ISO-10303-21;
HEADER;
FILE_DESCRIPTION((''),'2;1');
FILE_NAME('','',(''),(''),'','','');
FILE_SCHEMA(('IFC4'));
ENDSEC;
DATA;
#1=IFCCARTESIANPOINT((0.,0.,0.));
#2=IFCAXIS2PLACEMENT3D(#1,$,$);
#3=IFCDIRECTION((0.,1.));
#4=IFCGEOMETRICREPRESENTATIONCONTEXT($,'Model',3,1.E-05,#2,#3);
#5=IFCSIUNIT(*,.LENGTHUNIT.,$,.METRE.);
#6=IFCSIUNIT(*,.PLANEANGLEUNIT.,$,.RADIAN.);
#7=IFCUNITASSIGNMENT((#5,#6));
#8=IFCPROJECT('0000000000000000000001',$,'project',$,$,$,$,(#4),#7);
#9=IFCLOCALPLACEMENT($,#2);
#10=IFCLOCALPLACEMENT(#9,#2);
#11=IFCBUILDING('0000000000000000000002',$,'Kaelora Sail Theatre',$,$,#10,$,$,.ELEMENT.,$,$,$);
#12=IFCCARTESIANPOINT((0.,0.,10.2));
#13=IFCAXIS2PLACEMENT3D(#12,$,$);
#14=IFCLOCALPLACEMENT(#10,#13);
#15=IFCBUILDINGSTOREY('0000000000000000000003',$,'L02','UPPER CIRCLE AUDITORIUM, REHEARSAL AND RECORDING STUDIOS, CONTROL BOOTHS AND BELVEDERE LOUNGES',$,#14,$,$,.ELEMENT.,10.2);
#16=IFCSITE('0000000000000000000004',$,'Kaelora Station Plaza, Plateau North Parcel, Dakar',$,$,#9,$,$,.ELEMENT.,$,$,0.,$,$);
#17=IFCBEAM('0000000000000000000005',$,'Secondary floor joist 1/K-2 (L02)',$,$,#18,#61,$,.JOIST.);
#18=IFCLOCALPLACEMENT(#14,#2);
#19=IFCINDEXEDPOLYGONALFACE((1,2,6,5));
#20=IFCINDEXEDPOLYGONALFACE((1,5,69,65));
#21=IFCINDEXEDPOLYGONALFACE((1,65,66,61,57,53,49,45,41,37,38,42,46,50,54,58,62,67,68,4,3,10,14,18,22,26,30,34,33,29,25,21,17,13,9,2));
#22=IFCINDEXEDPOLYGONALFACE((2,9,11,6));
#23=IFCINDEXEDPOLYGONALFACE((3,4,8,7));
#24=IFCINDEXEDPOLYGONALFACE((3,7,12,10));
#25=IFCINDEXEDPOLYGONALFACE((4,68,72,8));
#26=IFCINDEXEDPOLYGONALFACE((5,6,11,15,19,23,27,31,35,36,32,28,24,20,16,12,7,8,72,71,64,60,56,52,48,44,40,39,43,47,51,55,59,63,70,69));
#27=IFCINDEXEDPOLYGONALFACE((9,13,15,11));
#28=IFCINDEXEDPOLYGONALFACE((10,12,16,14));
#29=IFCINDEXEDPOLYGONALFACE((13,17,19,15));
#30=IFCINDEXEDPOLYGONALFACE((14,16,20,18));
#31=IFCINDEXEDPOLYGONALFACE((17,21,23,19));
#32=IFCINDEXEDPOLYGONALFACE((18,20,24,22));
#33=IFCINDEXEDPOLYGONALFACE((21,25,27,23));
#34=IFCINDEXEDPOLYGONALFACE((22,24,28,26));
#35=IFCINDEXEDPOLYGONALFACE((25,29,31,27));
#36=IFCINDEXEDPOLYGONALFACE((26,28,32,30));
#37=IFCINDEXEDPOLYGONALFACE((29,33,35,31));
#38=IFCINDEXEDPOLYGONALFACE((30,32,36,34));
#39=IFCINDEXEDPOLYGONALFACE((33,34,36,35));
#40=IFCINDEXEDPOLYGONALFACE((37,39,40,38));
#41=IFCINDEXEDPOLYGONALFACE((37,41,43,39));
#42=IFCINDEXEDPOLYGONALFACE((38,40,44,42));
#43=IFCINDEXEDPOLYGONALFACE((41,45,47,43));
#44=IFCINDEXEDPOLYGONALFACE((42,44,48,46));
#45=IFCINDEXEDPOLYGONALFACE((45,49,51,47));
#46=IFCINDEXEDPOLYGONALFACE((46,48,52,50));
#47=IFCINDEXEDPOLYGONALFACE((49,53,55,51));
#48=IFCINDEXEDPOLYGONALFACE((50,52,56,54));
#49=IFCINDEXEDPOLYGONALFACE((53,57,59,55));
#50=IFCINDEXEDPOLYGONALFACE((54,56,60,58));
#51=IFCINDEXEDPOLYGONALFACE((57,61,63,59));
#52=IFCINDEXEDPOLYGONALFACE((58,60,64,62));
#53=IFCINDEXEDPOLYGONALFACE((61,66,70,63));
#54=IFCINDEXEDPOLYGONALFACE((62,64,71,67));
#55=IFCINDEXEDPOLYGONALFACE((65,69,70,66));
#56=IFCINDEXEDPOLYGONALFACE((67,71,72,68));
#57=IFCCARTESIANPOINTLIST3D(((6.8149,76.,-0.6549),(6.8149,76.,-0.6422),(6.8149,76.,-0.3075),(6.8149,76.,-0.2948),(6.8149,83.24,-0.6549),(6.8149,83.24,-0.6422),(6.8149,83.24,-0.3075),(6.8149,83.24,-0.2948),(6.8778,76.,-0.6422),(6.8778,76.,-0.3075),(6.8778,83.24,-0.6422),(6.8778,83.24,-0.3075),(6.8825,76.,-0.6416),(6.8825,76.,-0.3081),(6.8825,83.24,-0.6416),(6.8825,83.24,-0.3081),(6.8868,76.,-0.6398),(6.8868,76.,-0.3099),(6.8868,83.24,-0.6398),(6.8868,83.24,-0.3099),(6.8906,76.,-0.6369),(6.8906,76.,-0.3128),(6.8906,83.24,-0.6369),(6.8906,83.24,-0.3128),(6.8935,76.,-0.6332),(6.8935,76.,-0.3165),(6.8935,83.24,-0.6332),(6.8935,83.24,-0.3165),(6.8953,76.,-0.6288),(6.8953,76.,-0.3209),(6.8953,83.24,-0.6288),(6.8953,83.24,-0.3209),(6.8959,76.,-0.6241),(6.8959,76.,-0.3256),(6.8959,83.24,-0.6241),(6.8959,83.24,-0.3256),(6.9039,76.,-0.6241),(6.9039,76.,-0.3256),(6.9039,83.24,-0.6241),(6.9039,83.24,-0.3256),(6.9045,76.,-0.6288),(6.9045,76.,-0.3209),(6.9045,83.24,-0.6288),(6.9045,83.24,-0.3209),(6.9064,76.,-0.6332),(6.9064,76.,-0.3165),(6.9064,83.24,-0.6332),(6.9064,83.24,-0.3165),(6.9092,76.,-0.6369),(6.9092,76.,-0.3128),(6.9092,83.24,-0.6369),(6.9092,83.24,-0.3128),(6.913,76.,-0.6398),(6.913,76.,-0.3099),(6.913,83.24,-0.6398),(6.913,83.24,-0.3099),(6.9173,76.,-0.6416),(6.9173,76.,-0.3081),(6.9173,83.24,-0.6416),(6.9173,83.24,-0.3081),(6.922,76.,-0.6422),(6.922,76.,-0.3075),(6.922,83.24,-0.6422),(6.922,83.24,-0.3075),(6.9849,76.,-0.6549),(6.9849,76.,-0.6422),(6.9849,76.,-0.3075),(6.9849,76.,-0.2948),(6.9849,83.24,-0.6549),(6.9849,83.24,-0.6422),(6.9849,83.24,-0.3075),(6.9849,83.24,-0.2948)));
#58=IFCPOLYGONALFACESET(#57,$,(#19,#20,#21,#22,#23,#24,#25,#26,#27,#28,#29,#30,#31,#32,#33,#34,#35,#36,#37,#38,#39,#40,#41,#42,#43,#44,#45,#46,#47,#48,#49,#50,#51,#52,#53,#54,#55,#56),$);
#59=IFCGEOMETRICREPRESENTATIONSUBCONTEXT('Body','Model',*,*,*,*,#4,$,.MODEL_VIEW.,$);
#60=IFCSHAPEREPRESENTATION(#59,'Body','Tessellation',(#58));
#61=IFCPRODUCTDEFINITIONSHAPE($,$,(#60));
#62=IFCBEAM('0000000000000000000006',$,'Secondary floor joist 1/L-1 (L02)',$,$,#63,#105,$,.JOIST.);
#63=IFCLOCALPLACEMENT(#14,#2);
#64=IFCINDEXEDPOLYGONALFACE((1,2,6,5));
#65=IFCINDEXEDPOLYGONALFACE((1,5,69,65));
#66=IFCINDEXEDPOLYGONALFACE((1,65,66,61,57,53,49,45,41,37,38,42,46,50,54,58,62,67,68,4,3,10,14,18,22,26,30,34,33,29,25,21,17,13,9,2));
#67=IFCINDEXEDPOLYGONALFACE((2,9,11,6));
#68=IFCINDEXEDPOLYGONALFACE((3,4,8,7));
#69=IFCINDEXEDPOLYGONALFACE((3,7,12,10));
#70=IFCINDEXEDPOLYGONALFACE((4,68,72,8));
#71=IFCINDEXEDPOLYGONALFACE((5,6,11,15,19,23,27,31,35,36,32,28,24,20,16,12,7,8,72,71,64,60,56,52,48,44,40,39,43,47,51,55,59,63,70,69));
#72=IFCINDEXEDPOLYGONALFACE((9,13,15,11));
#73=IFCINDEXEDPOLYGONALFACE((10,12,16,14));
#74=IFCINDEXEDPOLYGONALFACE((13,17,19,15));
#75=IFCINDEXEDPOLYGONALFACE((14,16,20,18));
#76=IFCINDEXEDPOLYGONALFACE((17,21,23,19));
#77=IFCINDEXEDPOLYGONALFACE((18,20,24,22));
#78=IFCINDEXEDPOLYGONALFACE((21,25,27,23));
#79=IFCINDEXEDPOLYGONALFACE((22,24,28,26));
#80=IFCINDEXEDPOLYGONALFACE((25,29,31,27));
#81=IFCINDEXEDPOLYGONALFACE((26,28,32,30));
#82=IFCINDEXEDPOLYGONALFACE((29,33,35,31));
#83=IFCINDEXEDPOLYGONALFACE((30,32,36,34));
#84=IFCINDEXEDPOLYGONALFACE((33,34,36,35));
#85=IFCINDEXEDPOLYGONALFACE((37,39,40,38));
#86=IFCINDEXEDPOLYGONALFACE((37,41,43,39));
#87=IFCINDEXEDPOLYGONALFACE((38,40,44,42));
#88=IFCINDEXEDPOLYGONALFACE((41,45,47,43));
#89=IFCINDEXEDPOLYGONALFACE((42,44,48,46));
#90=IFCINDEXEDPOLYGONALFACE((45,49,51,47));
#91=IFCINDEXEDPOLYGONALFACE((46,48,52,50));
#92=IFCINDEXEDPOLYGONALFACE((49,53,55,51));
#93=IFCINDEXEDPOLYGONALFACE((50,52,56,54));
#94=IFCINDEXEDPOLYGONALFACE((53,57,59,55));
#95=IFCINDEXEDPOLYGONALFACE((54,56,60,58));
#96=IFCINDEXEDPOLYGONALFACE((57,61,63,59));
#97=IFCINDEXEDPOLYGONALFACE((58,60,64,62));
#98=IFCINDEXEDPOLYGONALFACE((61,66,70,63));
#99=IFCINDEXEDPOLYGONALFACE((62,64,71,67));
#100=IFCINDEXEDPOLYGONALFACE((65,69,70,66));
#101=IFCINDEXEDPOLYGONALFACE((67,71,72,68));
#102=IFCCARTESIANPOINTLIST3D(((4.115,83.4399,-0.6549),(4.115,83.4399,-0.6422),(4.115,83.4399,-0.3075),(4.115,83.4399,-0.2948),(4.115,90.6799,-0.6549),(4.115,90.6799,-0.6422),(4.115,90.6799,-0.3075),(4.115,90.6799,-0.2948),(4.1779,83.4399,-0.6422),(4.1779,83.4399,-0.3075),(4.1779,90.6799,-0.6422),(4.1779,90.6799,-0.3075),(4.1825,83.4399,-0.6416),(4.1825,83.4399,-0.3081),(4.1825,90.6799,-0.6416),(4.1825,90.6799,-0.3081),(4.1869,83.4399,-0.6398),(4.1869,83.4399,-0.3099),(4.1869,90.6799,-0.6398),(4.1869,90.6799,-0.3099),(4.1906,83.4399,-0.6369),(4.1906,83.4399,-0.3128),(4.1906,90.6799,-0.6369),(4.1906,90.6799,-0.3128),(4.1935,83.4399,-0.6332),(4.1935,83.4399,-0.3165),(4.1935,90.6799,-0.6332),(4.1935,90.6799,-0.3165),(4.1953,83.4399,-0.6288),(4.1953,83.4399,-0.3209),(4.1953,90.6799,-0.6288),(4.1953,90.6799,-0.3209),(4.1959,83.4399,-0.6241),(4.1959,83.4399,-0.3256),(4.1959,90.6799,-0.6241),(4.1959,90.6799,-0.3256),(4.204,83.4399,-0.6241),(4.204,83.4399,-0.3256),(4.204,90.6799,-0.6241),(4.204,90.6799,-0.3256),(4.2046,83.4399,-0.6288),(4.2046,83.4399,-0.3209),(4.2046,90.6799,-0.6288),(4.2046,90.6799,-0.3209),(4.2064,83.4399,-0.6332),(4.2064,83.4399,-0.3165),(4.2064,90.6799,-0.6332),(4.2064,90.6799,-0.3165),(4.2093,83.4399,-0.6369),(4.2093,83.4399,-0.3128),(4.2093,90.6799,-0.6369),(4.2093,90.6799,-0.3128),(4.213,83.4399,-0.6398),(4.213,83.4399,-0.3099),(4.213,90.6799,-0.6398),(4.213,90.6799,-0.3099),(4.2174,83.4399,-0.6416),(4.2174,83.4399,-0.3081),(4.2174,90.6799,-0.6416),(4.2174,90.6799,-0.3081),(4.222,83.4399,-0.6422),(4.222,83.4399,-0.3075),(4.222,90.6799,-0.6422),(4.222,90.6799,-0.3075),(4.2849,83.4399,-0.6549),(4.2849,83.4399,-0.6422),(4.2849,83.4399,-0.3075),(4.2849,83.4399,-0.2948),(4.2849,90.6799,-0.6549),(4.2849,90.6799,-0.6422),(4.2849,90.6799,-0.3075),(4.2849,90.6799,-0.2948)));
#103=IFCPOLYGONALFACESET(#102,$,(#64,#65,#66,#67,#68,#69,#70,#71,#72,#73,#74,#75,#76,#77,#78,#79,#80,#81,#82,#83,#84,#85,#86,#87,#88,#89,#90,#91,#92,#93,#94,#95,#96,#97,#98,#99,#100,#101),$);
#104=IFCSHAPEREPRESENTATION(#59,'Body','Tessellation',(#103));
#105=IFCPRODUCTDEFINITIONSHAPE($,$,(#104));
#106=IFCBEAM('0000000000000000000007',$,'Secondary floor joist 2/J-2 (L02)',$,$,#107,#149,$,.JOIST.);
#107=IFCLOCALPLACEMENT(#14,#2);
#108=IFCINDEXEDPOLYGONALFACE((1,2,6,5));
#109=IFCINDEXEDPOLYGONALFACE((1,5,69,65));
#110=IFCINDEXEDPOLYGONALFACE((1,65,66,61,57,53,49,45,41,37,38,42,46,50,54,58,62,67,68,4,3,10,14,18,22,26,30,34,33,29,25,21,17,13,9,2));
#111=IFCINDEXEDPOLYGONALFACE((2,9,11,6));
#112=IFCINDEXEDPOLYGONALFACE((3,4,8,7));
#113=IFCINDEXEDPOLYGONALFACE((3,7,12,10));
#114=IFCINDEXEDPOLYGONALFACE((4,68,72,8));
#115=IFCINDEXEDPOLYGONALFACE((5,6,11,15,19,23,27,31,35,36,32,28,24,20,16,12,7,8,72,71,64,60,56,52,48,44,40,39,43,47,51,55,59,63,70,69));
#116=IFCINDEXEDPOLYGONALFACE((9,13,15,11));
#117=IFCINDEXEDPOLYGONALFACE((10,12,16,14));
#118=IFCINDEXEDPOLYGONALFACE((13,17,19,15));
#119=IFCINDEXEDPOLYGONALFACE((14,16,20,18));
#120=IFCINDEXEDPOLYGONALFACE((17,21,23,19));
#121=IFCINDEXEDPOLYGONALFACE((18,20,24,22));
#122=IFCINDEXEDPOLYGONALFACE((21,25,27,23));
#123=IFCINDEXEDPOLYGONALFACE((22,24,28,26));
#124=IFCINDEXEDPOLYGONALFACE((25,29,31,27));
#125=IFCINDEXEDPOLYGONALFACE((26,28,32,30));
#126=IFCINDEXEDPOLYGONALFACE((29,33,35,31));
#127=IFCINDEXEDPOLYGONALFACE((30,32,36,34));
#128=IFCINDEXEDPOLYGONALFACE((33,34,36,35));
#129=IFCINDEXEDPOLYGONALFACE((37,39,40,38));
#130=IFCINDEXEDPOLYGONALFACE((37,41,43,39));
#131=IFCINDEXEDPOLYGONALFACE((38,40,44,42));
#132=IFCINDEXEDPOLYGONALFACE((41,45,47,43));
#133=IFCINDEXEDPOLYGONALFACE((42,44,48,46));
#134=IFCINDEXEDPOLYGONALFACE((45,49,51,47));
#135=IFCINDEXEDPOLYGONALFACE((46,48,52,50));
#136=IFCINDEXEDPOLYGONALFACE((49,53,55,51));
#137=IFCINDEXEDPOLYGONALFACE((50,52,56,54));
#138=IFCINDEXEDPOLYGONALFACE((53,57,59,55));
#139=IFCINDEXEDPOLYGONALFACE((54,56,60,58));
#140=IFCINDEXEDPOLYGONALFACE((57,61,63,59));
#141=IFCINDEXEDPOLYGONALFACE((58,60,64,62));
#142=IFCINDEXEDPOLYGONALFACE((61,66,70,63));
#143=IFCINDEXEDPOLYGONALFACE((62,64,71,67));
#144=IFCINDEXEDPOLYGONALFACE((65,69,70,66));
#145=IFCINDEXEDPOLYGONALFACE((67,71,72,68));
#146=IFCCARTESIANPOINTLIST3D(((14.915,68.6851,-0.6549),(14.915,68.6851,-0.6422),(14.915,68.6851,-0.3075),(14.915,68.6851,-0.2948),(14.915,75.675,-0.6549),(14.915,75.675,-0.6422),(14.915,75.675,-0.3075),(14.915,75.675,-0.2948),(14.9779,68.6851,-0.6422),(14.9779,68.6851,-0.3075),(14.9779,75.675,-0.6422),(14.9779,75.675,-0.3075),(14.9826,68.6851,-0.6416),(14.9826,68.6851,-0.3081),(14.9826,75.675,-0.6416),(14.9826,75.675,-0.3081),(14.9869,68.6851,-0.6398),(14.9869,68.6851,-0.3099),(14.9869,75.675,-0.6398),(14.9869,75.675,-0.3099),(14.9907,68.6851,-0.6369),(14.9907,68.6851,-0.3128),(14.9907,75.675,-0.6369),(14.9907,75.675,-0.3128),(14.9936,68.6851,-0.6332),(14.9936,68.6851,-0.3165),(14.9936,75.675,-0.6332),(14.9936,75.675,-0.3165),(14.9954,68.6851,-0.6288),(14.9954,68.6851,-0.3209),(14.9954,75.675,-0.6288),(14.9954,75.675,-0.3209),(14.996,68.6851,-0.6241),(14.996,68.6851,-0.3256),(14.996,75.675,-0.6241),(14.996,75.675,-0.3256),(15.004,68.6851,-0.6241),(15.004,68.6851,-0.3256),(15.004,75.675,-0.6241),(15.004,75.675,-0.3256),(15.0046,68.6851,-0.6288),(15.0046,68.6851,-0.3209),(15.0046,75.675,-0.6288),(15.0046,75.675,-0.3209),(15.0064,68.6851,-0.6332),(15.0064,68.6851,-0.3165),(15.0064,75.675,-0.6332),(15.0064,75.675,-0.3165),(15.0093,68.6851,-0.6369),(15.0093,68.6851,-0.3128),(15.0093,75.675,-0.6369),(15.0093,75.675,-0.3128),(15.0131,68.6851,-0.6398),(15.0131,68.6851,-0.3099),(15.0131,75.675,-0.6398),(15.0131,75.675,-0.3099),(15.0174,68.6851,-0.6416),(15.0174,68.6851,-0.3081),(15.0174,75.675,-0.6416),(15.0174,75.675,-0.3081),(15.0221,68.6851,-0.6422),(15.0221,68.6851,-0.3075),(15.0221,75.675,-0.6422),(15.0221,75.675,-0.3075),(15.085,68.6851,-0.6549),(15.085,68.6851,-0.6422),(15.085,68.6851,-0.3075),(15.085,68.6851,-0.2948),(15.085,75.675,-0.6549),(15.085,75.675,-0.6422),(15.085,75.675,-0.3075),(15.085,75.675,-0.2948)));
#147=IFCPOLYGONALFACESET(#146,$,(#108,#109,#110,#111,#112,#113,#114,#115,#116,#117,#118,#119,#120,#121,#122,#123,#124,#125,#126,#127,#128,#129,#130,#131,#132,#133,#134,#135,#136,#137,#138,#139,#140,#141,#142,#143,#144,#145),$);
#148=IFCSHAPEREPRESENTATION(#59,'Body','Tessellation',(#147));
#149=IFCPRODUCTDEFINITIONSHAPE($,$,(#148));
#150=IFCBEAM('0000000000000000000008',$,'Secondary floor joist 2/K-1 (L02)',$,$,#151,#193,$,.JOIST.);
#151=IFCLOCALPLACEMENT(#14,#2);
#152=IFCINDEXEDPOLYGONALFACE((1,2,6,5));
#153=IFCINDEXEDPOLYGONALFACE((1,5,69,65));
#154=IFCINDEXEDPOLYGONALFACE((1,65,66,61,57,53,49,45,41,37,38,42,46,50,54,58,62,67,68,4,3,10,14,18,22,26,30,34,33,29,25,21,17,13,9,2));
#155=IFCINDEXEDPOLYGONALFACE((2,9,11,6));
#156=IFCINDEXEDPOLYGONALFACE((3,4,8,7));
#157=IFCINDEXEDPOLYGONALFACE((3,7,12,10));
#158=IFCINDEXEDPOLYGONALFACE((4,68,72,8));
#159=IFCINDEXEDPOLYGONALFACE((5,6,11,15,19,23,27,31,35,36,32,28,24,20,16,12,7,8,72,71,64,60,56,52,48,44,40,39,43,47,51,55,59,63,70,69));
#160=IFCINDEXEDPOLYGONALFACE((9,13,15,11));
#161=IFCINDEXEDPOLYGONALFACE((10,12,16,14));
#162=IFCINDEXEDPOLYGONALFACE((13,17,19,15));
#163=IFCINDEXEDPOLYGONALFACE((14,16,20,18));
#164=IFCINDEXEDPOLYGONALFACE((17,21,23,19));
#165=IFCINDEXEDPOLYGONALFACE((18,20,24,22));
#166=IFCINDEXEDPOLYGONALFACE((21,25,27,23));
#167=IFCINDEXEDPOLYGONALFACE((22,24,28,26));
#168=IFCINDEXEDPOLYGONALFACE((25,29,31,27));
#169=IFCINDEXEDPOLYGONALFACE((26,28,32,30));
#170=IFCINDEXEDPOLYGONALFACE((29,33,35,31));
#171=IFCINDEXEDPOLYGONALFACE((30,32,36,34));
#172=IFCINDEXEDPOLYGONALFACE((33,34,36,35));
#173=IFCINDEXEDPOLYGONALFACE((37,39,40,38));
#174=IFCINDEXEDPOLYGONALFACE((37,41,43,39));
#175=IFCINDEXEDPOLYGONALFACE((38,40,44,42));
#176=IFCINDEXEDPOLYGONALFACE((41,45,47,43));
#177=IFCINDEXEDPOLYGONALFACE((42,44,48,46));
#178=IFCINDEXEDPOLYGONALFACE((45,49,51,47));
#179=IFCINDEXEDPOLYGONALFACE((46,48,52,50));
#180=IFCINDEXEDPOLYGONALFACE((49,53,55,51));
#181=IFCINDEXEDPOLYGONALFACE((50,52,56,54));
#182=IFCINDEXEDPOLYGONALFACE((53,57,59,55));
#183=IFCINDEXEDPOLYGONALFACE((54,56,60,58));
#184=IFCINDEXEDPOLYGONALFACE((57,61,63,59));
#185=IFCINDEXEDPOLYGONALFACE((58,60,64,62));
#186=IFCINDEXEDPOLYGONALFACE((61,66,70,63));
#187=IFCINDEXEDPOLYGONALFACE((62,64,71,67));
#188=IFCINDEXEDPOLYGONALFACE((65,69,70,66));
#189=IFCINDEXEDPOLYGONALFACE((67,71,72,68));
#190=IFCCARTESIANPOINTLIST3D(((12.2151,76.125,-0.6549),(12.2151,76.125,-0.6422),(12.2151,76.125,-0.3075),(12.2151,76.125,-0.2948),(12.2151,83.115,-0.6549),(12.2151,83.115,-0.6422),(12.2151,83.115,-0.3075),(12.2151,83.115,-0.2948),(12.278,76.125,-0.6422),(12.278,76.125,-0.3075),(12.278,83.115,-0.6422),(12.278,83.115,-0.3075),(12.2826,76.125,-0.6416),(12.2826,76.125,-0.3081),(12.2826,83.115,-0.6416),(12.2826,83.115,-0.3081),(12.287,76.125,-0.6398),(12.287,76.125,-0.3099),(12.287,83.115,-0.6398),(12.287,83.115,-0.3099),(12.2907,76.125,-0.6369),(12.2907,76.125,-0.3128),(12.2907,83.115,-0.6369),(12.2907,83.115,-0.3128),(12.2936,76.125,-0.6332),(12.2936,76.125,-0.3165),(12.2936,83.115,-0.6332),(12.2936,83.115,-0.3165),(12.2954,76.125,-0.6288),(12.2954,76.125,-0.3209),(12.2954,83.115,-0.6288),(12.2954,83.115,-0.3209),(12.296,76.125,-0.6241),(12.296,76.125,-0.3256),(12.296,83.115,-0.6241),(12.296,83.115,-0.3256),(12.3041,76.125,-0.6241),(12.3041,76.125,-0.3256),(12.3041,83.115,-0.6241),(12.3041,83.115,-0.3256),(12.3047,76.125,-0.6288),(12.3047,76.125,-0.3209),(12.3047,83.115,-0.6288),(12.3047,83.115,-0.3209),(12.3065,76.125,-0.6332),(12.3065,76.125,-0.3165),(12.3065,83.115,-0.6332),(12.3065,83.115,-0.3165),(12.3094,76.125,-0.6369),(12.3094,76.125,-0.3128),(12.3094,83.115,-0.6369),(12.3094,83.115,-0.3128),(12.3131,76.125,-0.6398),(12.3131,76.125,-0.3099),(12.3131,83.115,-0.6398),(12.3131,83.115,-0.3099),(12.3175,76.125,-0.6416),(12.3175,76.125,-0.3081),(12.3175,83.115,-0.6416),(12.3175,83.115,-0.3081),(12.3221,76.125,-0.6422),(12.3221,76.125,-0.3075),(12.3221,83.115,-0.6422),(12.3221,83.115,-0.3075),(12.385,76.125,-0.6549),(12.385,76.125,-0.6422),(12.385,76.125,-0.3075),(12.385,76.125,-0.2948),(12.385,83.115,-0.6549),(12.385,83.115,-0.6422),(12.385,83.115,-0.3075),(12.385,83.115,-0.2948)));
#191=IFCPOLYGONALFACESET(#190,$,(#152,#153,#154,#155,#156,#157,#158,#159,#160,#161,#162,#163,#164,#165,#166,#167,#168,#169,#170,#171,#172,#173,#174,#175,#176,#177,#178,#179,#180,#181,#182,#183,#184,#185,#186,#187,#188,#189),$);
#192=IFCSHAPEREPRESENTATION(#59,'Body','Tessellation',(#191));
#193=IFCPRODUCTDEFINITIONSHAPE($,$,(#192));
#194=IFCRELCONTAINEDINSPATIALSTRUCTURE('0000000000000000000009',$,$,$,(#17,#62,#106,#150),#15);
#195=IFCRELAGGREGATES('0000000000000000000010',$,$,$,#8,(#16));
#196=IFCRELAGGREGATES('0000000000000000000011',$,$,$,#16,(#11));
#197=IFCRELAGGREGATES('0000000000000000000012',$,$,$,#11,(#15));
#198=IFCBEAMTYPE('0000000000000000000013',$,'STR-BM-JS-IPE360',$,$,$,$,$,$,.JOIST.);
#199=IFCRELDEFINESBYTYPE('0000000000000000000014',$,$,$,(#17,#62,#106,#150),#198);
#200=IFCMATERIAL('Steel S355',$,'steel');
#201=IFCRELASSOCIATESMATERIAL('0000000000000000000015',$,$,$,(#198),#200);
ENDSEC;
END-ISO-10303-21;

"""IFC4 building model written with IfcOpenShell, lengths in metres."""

from ifc_helpers import new_model, si_unit, direction, frame, origin, origin_2d, place, context, subcontext, project, spatial, i_section, extrude, material, material_profile, profile_set, type_object, element, save


model = new_model("IFC4")

# Units and contexts
model_context = context("Model", 3, precision=1e-05, world=origin(), true_north=direction((0.0, 1.0)))
body_context = subcontext(model_context, "Body", "Model", "MODEL_VIEW")
ifc_project = project(units=[si_unit("LENGTHUNIT", "METRE"), si_unit("PLANEANGLEUNIT", "RADIAN")], contexts=[model_context])

# Site, building, storey
site_placement = place(None, origin())
site = spatial("IfcSite", under=ifc_project, at=site_placement, Name="Kaelora Station Plaza, Plateau North Parcel, Dakar", CompositionType="ELEMENT", RefElevation=0.0)
building_placement = place(site_placement, origin())
building = spatial("IfcBuilding", under=site, at=building_placement, Name="Kaelora Sail Theatre", CompositionType="ELEMENT")
storey_placement = place(building_placement, frame((0.0, 0.0, 10.2)))
storey = spatial("IfcBuildingStorey", under=building, at=storey_placement, Name="L02", Description="UPPER CIRCLE AUDITORIUM, REHEARSAL AND RECORDING STUDIOS, CONTROL BOOTHS AND BELVEDERE LOUNGES", CompositionType="ELEMENT", Elevation=10.2)

# Beams
ifc_material_1 = material(Name="Steel S355", Category="steel")
ifc_material_profile_1 = material_profile(ifc_material_1, i_section(OverallWidth=0.1699, OverallDepth=0.3601, WebThickness=0.0081, FlangeThickness=0.0127, FilletRadius=0.0181, at=origin_2d()), Name="IPE 360")
ifc_profile_set_1 = profile_set([ifc_material_profile_1], Name="Steel S355")
beam_type_1 = type_object("IfcBeamType", Name="STR-BM-JS-IPE360", PredefinedType="JOIST", material=ifc_profile_set_1)
for number, where, z_axis, x_axis, name in (
    (1, (6.8999, 76.0, -0.4749), (0.0, 1.0, 0.0), (-1.0, 0.0, 0.0), "Secondary floor joist 1/K-2 (L02)"),
    (2, (4.2, 83.4399, -0.4749), (0.0, 1.0, 0.0), (-1.0, 0.0, 0.0), "Secondary floor joist 1/L-1 (L02)"),
):
    element("IfcBeam", number, at=place(storey_placement, frame(where, z_axis=z_axis, x_axis=x_axis)), inside=storey, type_object=beam_type_1, Name=name, PredefinedType="JOIST", context=body_context, shape_type="SweptSolid", body=[
        extrude(i_section(OverallWidth=0.1699, OverallDepth=0.3601, WebThickness=0.0081, FlangeThickness=0.0127, FilletRadius=0.0181, at=origin_2d()), origin(), (0.0, 0.0, 1.0), 7.24),
    ])
for number, where, z_axis, x_axis, name in (
    (3, (15.0, 68.6851, -0.4749), (0.0, 1.0, 0.0), (-1.0, 0.0, 0.0), "Secondary floor joist 2/J-2 (L02)"),
    (4, (12.3, 76.125, -0.4749), (0.0, 1.0, 0.0), (-1.0, 0.0, 0.0), "Secondary floor joist 2/K-1 (L02)"),
):
    element("IfcBeam", number, at=place(storey_placement, frame(where, z_axis=z_axis, x_axis=x_axis)), inside=storey, type_object=beam_type_1, Name=name, PredefinedType="JOIST", context=body_context, shape_type="SweptSolid", body=[
        extrude(i_section(OverallWidth=0.1699, OverallDepth=0.3601, WebThickness=0.0081, FlangeThickness=0.0127, FilletRadius=0.0181, at=origin_2d()), origin(), (0.0, 0.0, 1.0), 6.99),
    ])

save(model, "model.ifc")
